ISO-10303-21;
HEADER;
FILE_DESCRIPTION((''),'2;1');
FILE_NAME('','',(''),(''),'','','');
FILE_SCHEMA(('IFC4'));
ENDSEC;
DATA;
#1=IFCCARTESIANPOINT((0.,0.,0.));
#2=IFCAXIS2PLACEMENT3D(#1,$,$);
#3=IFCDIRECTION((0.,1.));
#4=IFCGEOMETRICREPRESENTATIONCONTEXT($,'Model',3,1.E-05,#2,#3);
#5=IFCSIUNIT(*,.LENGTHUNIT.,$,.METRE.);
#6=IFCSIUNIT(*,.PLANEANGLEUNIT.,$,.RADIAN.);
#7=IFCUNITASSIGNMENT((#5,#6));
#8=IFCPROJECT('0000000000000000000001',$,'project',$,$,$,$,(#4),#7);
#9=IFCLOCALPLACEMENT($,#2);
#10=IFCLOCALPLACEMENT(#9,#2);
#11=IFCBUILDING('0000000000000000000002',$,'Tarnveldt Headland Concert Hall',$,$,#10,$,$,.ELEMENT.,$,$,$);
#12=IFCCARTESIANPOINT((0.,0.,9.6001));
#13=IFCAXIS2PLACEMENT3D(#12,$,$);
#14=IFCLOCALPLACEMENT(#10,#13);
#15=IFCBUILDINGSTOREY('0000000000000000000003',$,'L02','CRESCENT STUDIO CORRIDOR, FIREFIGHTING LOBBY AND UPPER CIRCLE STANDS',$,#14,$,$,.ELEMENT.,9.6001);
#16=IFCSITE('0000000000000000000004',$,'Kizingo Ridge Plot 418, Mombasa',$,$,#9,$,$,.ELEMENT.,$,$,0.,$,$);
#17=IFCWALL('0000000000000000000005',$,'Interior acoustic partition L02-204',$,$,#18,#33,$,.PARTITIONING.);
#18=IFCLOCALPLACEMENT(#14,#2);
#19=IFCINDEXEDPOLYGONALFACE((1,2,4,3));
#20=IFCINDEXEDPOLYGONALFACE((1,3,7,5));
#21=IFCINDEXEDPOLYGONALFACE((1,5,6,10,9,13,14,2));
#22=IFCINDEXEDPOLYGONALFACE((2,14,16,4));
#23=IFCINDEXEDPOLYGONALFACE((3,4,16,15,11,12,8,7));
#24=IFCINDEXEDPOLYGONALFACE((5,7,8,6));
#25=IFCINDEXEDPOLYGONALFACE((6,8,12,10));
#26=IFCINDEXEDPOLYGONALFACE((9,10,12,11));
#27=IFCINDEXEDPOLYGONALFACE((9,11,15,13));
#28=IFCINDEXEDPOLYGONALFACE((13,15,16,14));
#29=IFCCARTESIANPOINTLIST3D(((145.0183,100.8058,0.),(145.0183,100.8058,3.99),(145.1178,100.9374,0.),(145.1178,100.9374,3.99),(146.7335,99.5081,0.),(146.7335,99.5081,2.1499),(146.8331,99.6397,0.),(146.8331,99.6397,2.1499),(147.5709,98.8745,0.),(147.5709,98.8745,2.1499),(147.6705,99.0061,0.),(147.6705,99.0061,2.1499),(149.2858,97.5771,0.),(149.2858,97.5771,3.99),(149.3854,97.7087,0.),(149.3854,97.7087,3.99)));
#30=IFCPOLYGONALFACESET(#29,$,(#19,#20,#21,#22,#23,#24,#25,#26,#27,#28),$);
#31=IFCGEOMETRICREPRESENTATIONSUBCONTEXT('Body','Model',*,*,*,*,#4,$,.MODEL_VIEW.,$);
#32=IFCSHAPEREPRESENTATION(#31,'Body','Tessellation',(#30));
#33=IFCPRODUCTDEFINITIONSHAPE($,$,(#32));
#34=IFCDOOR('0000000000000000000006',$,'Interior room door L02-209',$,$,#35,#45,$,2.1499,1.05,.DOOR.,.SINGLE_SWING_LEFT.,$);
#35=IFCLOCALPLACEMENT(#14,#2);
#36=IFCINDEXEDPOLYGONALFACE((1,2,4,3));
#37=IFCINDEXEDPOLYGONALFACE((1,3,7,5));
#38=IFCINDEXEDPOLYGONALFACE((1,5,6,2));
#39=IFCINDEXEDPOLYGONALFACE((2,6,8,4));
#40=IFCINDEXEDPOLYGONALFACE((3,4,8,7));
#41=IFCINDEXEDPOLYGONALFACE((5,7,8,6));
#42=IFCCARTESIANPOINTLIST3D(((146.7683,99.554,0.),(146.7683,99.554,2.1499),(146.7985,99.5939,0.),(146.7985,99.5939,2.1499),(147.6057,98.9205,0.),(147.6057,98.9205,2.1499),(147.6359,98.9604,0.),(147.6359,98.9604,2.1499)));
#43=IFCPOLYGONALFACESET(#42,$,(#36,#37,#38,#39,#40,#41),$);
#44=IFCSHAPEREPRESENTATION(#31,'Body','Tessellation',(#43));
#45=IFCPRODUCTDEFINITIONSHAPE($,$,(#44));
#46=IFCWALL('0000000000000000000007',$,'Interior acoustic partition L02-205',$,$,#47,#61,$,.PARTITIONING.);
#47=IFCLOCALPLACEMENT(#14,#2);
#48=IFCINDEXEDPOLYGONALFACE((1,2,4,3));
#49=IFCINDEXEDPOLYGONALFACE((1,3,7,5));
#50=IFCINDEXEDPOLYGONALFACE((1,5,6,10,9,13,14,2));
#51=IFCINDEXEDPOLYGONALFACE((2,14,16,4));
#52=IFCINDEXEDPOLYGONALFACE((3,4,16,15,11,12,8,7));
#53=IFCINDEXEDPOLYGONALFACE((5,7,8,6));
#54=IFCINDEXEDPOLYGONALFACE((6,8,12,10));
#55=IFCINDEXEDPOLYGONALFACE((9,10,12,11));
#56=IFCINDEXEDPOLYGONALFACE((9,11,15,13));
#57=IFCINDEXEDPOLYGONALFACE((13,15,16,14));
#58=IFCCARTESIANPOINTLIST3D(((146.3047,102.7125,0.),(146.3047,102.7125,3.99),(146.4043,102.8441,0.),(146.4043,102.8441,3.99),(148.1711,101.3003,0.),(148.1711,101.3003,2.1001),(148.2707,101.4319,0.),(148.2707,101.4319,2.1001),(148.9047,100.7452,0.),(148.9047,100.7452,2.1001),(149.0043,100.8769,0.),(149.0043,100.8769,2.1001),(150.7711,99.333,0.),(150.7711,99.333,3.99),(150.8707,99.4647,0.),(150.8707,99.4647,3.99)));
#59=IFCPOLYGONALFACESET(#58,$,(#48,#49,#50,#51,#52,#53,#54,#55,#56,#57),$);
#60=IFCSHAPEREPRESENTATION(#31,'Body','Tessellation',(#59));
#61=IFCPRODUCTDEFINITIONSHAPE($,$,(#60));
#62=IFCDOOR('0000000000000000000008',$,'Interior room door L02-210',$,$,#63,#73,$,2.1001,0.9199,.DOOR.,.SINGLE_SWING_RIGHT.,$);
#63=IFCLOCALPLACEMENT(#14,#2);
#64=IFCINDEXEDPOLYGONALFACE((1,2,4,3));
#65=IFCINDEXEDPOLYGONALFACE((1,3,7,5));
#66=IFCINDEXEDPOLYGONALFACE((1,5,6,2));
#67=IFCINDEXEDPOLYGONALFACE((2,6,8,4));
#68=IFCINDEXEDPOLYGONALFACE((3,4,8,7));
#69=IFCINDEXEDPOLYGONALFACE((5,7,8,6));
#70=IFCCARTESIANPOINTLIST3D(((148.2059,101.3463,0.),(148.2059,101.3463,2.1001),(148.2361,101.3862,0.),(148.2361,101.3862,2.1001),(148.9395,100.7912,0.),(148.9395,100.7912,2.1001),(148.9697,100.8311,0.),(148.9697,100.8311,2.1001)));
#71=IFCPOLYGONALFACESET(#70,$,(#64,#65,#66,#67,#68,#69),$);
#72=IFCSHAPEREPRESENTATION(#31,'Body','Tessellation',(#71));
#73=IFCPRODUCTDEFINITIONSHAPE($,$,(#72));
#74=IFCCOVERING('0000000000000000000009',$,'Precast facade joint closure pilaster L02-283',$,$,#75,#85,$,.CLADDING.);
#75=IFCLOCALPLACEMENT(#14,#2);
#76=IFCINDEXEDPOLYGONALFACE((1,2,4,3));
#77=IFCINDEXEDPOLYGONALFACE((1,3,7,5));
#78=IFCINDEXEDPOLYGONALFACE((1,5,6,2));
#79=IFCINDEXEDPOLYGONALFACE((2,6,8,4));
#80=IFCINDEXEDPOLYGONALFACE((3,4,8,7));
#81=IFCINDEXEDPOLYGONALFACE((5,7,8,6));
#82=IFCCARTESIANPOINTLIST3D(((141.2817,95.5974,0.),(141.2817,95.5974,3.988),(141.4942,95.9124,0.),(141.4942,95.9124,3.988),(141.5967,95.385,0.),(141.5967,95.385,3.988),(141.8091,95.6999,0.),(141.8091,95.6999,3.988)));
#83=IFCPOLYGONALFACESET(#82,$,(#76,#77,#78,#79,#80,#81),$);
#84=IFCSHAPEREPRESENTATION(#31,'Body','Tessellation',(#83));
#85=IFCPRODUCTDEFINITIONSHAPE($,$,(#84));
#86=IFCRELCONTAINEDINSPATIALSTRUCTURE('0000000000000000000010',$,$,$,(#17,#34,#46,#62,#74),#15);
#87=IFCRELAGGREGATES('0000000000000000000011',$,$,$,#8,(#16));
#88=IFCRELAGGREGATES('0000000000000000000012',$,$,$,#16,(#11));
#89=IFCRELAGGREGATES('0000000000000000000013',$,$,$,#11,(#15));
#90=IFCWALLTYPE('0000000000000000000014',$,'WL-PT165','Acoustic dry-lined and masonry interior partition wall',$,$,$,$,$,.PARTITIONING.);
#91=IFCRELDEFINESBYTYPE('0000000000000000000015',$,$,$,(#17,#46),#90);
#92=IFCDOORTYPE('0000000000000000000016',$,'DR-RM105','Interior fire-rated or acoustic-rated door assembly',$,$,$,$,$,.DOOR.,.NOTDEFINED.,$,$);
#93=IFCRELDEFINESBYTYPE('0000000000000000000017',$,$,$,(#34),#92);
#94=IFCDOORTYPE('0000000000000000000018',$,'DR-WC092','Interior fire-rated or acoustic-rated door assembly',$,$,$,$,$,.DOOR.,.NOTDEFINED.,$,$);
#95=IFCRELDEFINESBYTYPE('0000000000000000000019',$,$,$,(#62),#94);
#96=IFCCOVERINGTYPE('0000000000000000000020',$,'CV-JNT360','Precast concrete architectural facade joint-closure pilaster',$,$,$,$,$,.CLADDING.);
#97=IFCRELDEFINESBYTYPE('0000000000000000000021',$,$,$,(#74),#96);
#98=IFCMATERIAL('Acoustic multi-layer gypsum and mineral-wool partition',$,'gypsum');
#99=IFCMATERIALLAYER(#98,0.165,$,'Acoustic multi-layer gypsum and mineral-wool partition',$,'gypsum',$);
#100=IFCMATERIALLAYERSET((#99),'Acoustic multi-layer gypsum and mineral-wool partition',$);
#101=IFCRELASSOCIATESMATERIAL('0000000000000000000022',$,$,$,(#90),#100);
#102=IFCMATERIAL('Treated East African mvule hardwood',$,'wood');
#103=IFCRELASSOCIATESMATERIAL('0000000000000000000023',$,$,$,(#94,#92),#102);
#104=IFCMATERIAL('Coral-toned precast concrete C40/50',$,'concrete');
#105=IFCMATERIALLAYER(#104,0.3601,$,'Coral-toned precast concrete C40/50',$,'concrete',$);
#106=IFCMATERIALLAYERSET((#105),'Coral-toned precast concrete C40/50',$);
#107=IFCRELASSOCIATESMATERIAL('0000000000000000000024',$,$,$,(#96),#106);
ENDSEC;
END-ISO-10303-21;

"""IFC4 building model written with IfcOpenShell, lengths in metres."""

from ifc_helpers import new_model, si_unit, direction, frame, frame_2d, origin, origin_2d, place, context, subcontext, project, spatial, rectangle, extrude, material, layer, layer_set, type_object, element, fill, save


model = new_model("IFC4")

# Units and contexts
model_context = context("Model", 3, precision=1e-05, world=origin(), true_north=direction((0.0, 1.0)))
body_context = subcontext(model_context, "Body", "Model", "MODEL_VIEW")
ifc_project = project(units=[si_unit("LENGTHUNIT", "METRE"), si_unit("PLANEANGLEUNIT", "RADIAN")], contexts=[model_context])

# Site, building, storey
site_placement = place(None, origin())
site = spatial("IfcSite", under=ifc_project, at=site_placement, Name="Kizingo Ridge Plot 418, Mombasa", CompositionType="ELEMENT", RefElevation=0.0)
building_placement = place(site_placement, origin())
building = spatial("IfcBuilding", under=site, at=building_placement, Name="Tarnveldt Headland Concert Hall", CompositionType="ELEMENT")
storey_placement = place(building_placement, frame((0.0, 0.0, 9.6001)))
storey = spatial("IfcBuildingStorey", under=building, at=storey_placement, Name="L02", Description="CRESCENT STUDIO CORRIDOR, FIREFIGHTING LOBBY AND UPPER CIRCLE STANDS", CompositionType="ELEMENT", Elevation=9.6001)

# Shared definitions
ifc_material_1 = material(Name="Coral-toned precast concrete C40/50", Category="concrete")
ifc_material_2 = material(Name="Acoustic multi-layer gypsum and mineral-wool partition", Category="gypsum")

# Walls, openings, doors
ifc_layer_1 = layer(ifc_material_2, 0.165, Name="Acoustic multi-layer gypsum and mineral-wool partition", Category="gypsum")
ifc_layer_set_1 = layer_set([ifc_layer_1], Name="Acoustic multi-layer gypsum and mineral-wool partition")
wall_type_1 = type_object("IfcWallType", Name="WL-PT165", Description="Acoustic dry-lined and masonry interior partition wall", PredefinedType="PARTITIONING", material=ifc_layer_set_1)
ifc_material_3 = material(Name="Treated East African mvule hardwood", Category="wood")
door_type_1 = type_object("IfcDoorType", Name="DR-WC092", Description="Interior fire-rated or acoustic-rated door assembly", OperationType="NOTDEFINED", PredefinedType="DOOR", material=ifc_material_3)
wall_1_placement = place(storey_placement, frame((149.3357, 97.6428, 0.0), z_axis=(0.0, 0.0, 1.0), x_axis=(-0.797475, 0.603353, 0.0)))
wall_1 = element("IfcWall", 1, at=wall_1_placement, inside=storey, type_object=wall_type_1, Name="Interior acoustic partition L02-204", PredefinedType="PARTITIONING", context=body_context, shape_type="SweptSolid", body=[
    extrude(rectangle(XDim=5.3513, YDim=0.165, at=frame_2d((2.6758, 0.0))), origin(), (0.0, 0.0, 1.0), 3.99),
])
opening_1_placement = place(wall_1_placement, frame((2.1506, 0.0, 0.0)))
opening_1 = element("IfcOpeningElement", 2, at=opening_1_placement, cuts=wall_1, PredefinedType="OPENING", context=body_context, shape_type="SweptSolid", body=[
    extrude(rectangle(XDim=1.05, YDim=2.1499, at=frame_2d((0.5249, 1.075))), frame((0.0, 0.0925, 0.0), z_axis=(0.0, -1.0, 0.0), x_axis=(1.0, 0.0, 0.0)), (0.0, 0.0, 1.0), 0.1851),
])
door_type_2 = type_object("IfcDoorType", Name="DR-RM105", Description="Interior fire-rated or acoustic-rated door assembly", OperationType="NOTDEFINED", PredefinedType="DOOR", material=ifc_material_3)
door_1_placement = place(opening_1_placement, origin())
door_1 = element("IfcDoor", 3, at=door_1_placement, inside=storey, type_object=door_type_2, Name="Interior room door L02-209", OperationType="SINGLE_SWING_LEFT", OverallHeight=2.1499, OverallWidth=1.05, PredefinedType="DOOR", context=body_context, shape_type="SweptSolid", body=[
    extrude(rectangle(XDim=1.05, YDim=2.1499, at=frame_2d((0.5249, 1.075))), frame((0.0, 0.0249, 0.0), z_axis=(0.0, -1.0, 0.0), x_axis=(1.0, 0.0, 0.0)), (0.0, 0.0, 1.0), 0.05),
])
fill(opening_1, door_1)
wall_2_placement = place(storey_placement, frame((150.8208, 99.3989, 0.0), z_axis=(0.0, 0.0, 1.0), x_axis=(-0.797451, 0.603384, 0.0)))
wall_2 = element("IfcWall", 4, at=wall_2_placement, inside=storey, type_object=wall_type_1, Name="Interior acoustic partition L02-205", PredefinedType="PARTITIONING", context=body_context, shape_type="SweptSolid", body=[
    extrude(rectangle(XDim=5.6008, YDim=0.165, at=frame_2d((2.8003, 0.0))), origin(), (0.0, 0.0, 1.0), 3.99),
])
opening_2_placement = place(wall_2_placement, frame((2.3403, 0.0, 0.0)))
opening_2 = element("IfcOpeningElement", 5, at=opening_2_placement, cuts=wall_2, PredefinedType="OPENING", context=body_context, shape_type="SweptSolid", body=[
    extrude(rectangle(XDim=0.9199, YDim=2.1001, at=frame_2d((0.46, 1.05))), frame((0.0, 0.0925, 0.0), z_axis=(0.0, -1.0, 0.0), x_axis=(1.0, 0.0, 0.0)), (0.0, 0.0, 1.0), 0.1851),
])
door_2_placement = place(opening_2_placement, origin())
door_2 = element("IfcDoor", 6, at=door_2_placement, inside=storey, type_object=door_type_1, Name="Interior room door L02-210", OperationType="SINGLE_SWING_RIGHT", OverallHeight=2.1001, OverallWidth=0.9199, PredefinedType="DOOR", context=body_context, shape_type="SweptSolid", body=[
    extrude(rectangle(XDim=0.9199, YDim=2.1001, at=frame_2d((0.46, 1.05))), frame((0.0, 0.0249, 0.0), z_axis=(0.0, -1.0, 0.0), x_axis=(1.0, 0.0, 0.0)), (0.0, 0.0, 1.0), 0.05),
])
fill(opening_2, door_2)

# Covering
ifc_layer_2 = layer(ifc_material_1, 0.3601, Name="Coral-toned precast concrete C40/50", Category="concrete")
ifc_layer_set_2 = layer_set([ifc_layer_2], Name="Coral-toned precast concrete C40/50")
covering_type = type_object("IfcCoveringType", Name="CV-JNT360", Description="Precast concrete architectural facade joint-closure pilaster", PredefinedType="CLADDING", material=ifc_layer_set_2)
covering_placement = place(storey_placement, frame((141.5454, 95.6487, 0.0), z_axis=(0.0, 0.0, 1.0), x_axis=(0.559193, 0.829038, 0.0)))
element("IfcCovering", 7, at=covering_placement, inside=storey, type_object=covering_type, Name="Precast facade joint closure pilaster L02-283", PredefinedType="CLADDING", context=body_context, shape_type="SweptSolid", body=[
    extrude(rectangle(XDim=0.3799, YDim=0.3799, at=origin_2d()), origin(), (0.0, 0.0, 1.0), 3.988),
])

save(model, "model.ifc")
